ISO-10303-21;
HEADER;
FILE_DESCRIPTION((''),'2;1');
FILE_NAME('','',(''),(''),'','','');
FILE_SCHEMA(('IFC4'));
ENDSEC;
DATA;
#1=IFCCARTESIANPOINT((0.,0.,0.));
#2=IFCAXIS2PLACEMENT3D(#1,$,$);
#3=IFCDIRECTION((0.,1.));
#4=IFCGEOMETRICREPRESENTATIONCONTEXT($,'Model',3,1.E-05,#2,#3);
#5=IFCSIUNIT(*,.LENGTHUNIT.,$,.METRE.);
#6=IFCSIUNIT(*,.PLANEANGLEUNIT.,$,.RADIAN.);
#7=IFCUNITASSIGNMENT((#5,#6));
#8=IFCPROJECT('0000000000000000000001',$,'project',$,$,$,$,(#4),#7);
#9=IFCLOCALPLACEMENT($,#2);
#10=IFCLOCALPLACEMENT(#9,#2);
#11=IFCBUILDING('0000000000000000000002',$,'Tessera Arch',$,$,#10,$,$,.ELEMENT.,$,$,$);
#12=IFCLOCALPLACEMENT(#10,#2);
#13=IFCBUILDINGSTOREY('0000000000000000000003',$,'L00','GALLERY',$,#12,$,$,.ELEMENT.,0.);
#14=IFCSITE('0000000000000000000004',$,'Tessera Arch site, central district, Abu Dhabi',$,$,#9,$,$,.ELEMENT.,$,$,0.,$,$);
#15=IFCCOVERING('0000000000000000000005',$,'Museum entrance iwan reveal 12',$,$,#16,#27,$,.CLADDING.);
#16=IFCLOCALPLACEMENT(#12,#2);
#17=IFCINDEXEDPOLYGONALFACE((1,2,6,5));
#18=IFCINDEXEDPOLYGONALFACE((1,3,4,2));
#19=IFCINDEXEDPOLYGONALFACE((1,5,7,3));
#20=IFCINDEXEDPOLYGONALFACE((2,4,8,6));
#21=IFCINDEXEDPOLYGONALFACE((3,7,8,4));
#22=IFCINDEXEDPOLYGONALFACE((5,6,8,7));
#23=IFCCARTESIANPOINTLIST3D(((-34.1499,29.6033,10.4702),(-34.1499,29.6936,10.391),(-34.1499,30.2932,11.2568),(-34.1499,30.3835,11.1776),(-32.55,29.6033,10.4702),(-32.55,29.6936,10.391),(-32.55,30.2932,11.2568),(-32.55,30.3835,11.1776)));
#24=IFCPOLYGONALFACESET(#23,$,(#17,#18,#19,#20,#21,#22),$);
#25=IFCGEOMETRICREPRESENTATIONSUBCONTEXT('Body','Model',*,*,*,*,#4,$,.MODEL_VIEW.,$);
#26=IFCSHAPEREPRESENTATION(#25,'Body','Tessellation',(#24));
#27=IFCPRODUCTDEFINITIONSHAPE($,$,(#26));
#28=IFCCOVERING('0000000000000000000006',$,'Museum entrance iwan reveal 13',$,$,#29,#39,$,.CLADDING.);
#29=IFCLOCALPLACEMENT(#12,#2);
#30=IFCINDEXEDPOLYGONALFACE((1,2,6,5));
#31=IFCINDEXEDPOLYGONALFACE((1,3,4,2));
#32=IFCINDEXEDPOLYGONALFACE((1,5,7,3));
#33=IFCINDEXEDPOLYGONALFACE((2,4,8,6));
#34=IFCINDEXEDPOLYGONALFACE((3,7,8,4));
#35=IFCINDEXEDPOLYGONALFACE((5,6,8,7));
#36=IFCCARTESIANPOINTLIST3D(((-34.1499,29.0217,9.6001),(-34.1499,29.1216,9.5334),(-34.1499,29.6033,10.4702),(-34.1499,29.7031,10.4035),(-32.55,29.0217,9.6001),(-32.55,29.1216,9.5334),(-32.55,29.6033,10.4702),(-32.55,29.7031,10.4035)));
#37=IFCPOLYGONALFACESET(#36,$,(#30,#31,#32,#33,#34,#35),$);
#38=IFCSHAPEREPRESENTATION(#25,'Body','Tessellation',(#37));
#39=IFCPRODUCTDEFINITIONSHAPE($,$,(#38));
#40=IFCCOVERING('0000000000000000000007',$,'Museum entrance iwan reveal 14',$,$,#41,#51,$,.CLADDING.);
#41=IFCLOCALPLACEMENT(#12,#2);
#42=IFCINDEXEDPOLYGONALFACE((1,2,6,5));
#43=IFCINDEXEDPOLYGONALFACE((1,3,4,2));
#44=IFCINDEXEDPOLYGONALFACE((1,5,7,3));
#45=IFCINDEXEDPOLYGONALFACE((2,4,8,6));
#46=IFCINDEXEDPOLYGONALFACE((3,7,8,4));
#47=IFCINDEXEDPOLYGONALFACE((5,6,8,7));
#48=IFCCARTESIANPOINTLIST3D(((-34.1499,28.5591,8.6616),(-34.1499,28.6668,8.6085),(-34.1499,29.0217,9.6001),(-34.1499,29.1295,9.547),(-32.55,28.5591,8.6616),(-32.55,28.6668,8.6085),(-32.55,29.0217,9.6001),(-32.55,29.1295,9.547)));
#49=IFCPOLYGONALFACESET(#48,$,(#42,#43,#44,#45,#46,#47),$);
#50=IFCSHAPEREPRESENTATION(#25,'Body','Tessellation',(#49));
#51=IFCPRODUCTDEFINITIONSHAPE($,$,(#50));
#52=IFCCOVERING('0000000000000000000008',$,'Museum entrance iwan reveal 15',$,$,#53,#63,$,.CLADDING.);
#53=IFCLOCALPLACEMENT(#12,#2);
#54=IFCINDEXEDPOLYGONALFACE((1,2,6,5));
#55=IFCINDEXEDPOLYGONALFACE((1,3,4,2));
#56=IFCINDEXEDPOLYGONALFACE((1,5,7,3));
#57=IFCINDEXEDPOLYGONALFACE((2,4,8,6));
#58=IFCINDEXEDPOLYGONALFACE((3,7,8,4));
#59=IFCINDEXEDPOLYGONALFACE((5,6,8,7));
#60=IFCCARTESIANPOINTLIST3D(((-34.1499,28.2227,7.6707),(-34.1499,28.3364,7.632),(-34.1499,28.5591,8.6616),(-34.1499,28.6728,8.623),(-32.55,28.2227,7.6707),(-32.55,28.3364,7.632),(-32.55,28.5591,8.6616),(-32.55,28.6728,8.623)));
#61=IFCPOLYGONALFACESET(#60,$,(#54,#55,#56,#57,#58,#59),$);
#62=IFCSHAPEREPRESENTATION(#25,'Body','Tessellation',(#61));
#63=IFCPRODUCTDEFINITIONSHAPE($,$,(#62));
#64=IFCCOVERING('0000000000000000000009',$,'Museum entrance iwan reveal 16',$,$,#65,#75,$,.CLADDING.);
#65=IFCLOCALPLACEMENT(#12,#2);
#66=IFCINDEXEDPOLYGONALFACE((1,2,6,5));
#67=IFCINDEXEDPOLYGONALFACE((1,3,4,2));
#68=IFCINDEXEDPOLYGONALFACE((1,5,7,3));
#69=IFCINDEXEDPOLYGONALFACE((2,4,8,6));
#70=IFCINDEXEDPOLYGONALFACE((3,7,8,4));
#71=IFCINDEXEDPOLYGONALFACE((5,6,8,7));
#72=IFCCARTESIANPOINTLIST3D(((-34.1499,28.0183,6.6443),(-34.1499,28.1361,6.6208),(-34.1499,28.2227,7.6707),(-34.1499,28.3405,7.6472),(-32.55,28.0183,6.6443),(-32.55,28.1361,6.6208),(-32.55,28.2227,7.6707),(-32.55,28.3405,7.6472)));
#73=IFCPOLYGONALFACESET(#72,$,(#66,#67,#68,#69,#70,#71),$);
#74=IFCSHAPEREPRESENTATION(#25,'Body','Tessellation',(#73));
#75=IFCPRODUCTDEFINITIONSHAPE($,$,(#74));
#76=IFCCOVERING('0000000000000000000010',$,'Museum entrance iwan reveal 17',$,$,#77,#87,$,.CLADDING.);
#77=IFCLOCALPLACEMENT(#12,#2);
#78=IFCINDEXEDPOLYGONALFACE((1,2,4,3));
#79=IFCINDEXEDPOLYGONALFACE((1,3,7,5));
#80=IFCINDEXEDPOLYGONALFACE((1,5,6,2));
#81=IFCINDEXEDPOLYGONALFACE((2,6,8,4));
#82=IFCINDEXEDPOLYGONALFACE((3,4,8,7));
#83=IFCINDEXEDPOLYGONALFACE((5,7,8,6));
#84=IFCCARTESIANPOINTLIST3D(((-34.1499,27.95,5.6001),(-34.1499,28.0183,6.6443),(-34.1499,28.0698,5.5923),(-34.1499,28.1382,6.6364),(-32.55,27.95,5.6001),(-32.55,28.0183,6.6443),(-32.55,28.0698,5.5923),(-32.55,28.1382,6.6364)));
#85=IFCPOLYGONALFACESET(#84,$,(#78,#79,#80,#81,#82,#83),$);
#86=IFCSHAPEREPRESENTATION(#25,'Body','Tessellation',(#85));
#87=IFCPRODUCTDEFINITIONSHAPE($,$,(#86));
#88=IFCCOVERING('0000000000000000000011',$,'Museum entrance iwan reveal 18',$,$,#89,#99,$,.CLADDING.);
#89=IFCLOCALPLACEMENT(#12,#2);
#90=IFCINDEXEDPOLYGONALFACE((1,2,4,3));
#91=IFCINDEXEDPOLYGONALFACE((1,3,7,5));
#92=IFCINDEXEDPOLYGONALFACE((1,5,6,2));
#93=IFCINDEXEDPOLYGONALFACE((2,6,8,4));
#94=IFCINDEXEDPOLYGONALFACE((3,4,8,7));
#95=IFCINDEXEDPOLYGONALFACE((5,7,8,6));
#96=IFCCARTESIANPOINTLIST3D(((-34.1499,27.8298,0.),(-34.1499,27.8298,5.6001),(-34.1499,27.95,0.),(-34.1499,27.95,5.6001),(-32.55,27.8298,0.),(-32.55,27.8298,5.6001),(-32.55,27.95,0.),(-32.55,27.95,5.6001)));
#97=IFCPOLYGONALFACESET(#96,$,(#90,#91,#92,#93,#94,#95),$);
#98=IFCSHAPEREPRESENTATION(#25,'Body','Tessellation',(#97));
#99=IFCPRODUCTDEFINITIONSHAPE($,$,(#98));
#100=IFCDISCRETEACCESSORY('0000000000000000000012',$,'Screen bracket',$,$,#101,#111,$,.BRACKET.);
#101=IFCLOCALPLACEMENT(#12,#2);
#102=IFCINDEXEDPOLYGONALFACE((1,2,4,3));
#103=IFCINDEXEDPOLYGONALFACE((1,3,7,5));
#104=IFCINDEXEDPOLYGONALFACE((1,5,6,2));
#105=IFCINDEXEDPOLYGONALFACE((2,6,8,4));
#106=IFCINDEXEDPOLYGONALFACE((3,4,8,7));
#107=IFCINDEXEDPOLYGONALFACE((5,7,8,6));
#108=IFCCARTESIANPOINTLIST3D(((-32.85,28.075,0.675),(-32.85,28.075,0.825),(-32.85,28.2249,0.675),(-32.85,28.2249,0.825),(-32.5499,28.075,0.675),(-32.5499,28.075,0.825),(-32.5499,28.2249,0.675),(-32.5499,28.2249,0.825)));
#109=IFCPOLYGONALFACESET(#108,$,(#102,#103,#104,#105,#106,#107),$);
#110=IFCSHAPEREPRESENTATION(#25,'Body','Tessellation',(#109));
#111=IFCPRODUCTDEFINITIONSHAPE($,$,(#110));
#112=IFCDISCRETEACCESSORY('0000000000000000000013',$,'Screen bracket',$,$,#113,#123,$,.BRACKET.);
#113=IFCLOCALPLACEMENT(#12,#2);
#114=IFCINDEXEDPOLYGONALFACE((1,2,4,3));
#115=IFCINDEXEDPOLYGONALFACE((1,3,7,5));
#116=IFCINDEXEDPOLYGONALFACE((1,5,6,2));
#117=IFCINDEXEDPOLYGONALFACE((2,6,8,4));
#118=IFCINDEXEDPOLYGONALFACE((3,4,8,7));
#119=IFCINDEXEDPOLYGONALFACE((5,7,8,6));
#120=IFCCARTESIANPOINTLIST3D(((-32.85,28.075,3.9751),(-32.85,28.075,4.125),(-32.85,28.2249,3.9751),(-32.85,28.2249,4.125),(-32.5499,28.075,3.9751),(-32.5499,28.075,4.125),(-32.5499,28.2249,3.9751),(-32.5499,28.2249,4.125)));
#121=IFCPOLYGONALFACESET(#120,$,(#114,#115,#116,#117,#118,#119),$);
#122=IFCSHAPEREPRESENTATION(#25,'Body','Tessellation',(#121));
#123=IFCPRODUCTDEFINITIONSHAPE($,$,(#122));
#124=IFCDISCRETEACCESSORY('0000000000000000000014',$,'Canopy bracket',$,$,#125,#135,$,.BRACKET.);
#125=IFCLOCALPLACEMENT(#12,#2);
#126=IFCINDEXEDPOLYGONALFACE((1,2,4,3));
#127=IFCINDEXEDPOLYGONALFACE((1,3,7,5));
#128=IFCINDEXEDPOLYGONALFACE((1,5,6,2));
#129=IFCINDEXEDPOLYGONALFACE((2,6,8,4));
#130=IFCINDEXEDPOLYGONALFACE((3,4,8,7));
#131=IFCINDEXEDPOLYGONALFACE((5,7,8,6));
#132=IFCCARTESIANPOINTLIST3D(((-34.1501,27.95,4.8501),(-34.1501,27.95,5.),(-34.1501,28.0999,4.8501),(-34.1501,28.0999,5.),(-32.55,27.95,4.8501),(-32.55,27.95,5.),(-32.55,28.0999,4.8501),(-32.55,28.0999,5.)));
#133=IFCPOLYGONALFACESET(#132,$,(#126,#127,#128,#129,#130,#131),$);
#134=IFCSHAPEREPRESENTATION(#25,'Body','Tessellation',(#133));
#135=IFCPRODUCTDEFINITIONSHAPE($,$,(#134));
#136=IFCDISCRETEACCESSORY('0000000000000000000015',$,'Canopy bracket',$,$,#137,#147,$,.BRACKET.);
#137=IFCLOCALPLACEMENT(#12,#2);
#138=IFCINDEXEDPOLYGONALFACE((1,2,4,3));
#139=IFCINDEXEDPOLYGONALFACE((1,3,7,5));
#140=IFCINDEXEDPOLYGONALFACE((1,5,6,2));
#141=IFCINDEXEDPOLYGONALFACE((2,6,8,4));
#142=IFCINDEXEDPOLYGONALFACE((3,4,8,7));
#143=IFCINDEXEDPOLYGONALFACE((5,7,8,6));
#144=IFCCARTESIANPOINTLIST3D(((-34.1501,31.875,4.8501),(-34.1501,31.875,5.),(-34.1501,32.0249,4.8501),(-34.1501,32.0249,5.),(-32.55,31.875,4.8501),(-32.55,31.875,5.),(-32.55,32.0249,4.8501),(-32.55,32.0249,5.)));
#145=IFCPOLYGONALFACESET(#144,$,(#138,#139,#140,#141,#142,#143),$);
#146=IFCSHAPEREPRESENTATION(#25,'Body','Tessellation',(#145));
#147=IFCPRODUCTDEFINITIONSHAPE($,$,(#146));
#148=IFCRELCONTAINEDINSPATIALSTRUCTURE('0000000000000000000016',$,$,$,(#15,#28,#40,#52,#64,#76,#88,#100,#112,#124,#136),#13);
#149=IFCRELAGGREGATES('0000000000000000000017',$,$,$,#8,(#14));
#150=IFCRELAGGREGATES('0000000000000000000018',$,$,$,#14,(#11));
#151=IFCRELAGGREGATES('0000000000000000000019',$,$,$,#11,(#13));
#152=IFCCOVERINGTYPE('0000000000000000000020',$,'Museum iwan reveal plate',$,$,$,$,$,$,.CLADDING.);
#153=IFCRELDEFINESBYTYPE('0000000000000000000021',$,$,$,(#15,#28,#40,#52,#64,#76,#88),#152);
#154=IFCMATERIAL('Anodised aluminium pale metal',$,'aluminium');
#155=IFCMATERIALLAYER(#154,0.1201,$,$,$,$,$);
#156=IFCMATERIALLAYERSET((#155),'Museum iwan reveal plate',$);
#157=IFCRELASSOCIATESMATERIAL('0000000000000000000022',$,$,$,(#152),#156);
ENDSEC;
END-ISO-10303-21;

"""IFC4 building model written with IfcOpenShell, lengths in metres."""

from ifc_helpers import new_model, si_unit, direction, frame, origin, origin_2d, place, context, subcontext, project, spatial, polyline, rectangle, outline, extrude, material, layer, layer_set, type_object, element, save


model = new_model("IFC4")

# Units and contexts
model_context = context("Model", 3, precision=1e-05, world=origin(), true_north=direction((0.0, 1.0)))
body_context = subcontext(model_context, "Body", "Model", "MODEL_VIEW")
ifc_project = project(units=[si_unit("LENGTHUNIT", "METRE"), si_unit("PLANEANGLEUNIT", "RADIAN")], contexts=[model_context])

# Site, building, storey
site_placement = place(None, origin())
site = spatial("IfcSite", under=ifc_project, at=site_placement, Name="Tessera Arch site, central district, Abu Dhabi", CompositionType="ELEMENT", RefElevation=0.0)
building_placement = place(site_placement, origin())
building = spatial("IfcBuilding", under=site, at=building_placement, Name="Tessera Arch", CompositionType="ELEMENT")
storey_placement = place(building_placement, origin())
storey = spatial("IfcBuildingStorey", under=building, at=storey_placement, Name="L00", Description="GALLERY", CompositionType="ELEMENT", Elevation=0.0)

# Coverings
ifc_material_1 = material(Name="Anodised aluminium pale metal", Category="aluminium")
ifc_layer_1 = layer(ifc_material_1, 0.1201)
ifc_layer_set_1 = layer_set([ifc_layer_1], Name="Museum iwan reveal plate")
covering_type_1 = type_object("IfcCoveringType", Name="Museum iwan reveal plate", PredefinedType="CLADDING", material=ifc_layer_set_1)
for number, where, z_axis, x_axis, name in (
    (1, (-32.55, 30.2932, 11.2568), (0.0, -0.751796, 0.659396), (0.0, -0.659396, -0.751796), "Museum entrance iwan reveal 12"),
):
    element("IfcCovering", number, at=place(storey_placement, frame(where, z_axis=z_axis, x_axis=x_axis)), inside=storey, type_object=covering_type_1, Name=name, PredefinedType="CLADDING", context=body_context, shape_type="SweptSolid", body=[
        extrude(outline(polyline([(0.0, 0.0), (1.0463, 0.0), (1.0463, -1.5999), (0.0, -1.5999), (0.0, 0.0)])), origin(), (0.0, 0.0, -1.0), 0.1201),
    ])
covering_1_placement = place(storey_placement, frame((-32.55, 29.6033, 10.4702), z_axis=(0.0, -0.831404, 0.555669), x_axis=(0.0, -0.555669, -0.831404)))
element("IfcCovering", 2, at=covering_1_placement, inside=storey, type_object=covering_type_1, Name="Museum entrance iwan reveal 13", PredefinedType="CLADDING", context=body_context, shape_type="SweptSolid", body=[
    extrude(outline(polyline([(0.0, 0.0), (1.0466, 0.0), (1.0466, -1.5999), (0.0, -1.5999), (0.0, 0.0)])), origin(), (0.0, 0.0, -1.0), 0.1201),
])
covering_2_placement = place(storey_placement, frame((-32.55, 29.0217, 9.6001), z_axis=(0.0, -0.896933, 0.442166), x_axis=(0.0, -0.442166, -0.896933)))
element("IfcCovering", 3, at=covering_2_placement, inside=storey, type_object=covering_type_1, Name="Museum entrance iwan reveal 14", PredefinedType="CLADDING", context=body_context, shape_type="SweptSolid", body=[
    extrude(outline(polyline([(0.0, 0.0), (1.0463, 0.0), (1.0463, -1.5999), (0.0, -1.5999), (0.0, 0.0)])), origin(), (0.0, 0.0, -1.0), 0.1201),
])
covering_3_placement = place(storey_placement, frame((-32.55, 28.5591, 8.6616), z_axis=(0.0, -0.946919, 0.321472), x_axis=(0.0, -0.321472, -0.946919)))
element("IfcCovering", 4, at=covering_3_placement, inside=storey, type_object=covering_type_1, Name="Museum entrance iwan reveal 15", PredefinedType="CLADDING", context=body_context, shape_type="SweptSolid", body=[
    extrude(outline(polyline([(0.0, 0.0), (1.0465, 0.0), (1.0465, -1.5999), (0.0, -1.5999), (0.0, 0.0)])), origin(), (0.0, 0.0, -1.0), 0.1201),
])
covering_4_placement = place(storey_placement, frame((-32.55, 28.2227, 7.6707), z_axis=(0.0, -0.980751, 0.195264), x_axis=(0.0, -0.195264, -0.980751)))
element("IfcCovering", 5, at=covering_4_placement, inside=storey, type_object=covering_type_1, Name="Museum entrance iwan reveal 16", PredefinedType="CLADDING", context=body_context, shape_type="SweptSolid", body=[
    extrude(outline(polyline([(0.0, 0.0), (1.0465, 0.0), (1.0465, -1.5999), (0.0, -1.5999), (0.0, 0.0)])), origin(), (0.0, 0.0, -1.0), 0.1201),
])
covering_5_placement = place(storey_placement, frame((-32.55, 28.0183, 6.6443), z_axis=(0.0, -0.997864, 0.065327), x_axis=(0.0, -0.065327, -0.997864)))
element("IfcCovering", 6, at=covering_5_placement, inside=storey, type_object=covering_type_1, Name="Museum entrance iwan reveal 17", PredefinedType="CLADDING", context=body_context, shape_type="SweptSolid", body=[
    extrude(outline(polyline([(0.0, 0.0), (1.0464, 0.0), (1.0464, -1.5999), (0.0, -1.5999), (0.0, 0.0)])), origin(), (0.0, 0.0, -1.0), 0.1201),
])
covering_6_placement = place(storey_placement, frame((-32.55, 27.95, 5.6001), z_axis=(0.0, 1.0, 0.0), x_axis=(0.0, 0.0, -1.0)))
element("IfcCovering", 7, at=covering_6_placement, inside=storey, type_object=covering_type_1, Name="Museum entrance iwan reveal 18", PredefinedType="CLADDING", context=body_context, shape_type="SweptSolid", body=[
    extrude(outline(polyline([(0.0, 0.0), (5.6001, 0.0), (5.6001, 1.5999), (0.0, 1.5999), (0.0, 0.0)])), origin(), (0.0, 0.0, -1.0), 0.1201),
])

# Discrete accessories
for number, where, z_axis, x_axis, name in (
    (8, (-32.7, 28.1499, 0.675), (0.0, 0.0, 1.0), (-1.0, 0.0, 0.0), "Screen bracket"),
    (9, (-32.7, 28.1499, 3.9751), (0.0, 0.0, 1.0), (-1.0, 0.0, 0.0), "Screen bracket"),
):
    element("IfcDiscreteAccessory", number, at=place(storey_placement, frame(where, z_axis=z_axis, x_axis=x_axis)), inside=storey, Name=name, PredefinedType="BRACKET", context=body_context, shape_type="SweptSolid", body=[
        extrude(rectangle(XDim=0.3, YDim=0.1499, at=origin_2d()), origin(), (0.0, 0.0, 1.0), 0.1499),
    ])
for number, where, z_axis, x_axis, name in (
    (10, (-33.3501, 28.0249, 4.8501), (0.0, 0.0, 1.0), (1.0, 0.0, 0.0), "Canopy bracket"),
    (11, (-33.3501, 31.95, 4.8501), (0.0, 0.0, 1.0), (1.0, 0.0, 0.0), "Canopy bracket"),
):
    element("IfcDiscreteAccessory", number, at=place(storey_placement, frame(where, z_axis=z_axis, x_axis=x_axis)), inside=storey, Name=name, PredefinedType="BRACKET", context=body_context, shape_type="SweptSolid", body=[
        extrude(rectangle(XDim=1.6001, YDim=0.1499, at=origin_2d()), origin(), (0.0, 0.0, 1.0), 0.1499),
    ])

save(model, "model.ifc")
